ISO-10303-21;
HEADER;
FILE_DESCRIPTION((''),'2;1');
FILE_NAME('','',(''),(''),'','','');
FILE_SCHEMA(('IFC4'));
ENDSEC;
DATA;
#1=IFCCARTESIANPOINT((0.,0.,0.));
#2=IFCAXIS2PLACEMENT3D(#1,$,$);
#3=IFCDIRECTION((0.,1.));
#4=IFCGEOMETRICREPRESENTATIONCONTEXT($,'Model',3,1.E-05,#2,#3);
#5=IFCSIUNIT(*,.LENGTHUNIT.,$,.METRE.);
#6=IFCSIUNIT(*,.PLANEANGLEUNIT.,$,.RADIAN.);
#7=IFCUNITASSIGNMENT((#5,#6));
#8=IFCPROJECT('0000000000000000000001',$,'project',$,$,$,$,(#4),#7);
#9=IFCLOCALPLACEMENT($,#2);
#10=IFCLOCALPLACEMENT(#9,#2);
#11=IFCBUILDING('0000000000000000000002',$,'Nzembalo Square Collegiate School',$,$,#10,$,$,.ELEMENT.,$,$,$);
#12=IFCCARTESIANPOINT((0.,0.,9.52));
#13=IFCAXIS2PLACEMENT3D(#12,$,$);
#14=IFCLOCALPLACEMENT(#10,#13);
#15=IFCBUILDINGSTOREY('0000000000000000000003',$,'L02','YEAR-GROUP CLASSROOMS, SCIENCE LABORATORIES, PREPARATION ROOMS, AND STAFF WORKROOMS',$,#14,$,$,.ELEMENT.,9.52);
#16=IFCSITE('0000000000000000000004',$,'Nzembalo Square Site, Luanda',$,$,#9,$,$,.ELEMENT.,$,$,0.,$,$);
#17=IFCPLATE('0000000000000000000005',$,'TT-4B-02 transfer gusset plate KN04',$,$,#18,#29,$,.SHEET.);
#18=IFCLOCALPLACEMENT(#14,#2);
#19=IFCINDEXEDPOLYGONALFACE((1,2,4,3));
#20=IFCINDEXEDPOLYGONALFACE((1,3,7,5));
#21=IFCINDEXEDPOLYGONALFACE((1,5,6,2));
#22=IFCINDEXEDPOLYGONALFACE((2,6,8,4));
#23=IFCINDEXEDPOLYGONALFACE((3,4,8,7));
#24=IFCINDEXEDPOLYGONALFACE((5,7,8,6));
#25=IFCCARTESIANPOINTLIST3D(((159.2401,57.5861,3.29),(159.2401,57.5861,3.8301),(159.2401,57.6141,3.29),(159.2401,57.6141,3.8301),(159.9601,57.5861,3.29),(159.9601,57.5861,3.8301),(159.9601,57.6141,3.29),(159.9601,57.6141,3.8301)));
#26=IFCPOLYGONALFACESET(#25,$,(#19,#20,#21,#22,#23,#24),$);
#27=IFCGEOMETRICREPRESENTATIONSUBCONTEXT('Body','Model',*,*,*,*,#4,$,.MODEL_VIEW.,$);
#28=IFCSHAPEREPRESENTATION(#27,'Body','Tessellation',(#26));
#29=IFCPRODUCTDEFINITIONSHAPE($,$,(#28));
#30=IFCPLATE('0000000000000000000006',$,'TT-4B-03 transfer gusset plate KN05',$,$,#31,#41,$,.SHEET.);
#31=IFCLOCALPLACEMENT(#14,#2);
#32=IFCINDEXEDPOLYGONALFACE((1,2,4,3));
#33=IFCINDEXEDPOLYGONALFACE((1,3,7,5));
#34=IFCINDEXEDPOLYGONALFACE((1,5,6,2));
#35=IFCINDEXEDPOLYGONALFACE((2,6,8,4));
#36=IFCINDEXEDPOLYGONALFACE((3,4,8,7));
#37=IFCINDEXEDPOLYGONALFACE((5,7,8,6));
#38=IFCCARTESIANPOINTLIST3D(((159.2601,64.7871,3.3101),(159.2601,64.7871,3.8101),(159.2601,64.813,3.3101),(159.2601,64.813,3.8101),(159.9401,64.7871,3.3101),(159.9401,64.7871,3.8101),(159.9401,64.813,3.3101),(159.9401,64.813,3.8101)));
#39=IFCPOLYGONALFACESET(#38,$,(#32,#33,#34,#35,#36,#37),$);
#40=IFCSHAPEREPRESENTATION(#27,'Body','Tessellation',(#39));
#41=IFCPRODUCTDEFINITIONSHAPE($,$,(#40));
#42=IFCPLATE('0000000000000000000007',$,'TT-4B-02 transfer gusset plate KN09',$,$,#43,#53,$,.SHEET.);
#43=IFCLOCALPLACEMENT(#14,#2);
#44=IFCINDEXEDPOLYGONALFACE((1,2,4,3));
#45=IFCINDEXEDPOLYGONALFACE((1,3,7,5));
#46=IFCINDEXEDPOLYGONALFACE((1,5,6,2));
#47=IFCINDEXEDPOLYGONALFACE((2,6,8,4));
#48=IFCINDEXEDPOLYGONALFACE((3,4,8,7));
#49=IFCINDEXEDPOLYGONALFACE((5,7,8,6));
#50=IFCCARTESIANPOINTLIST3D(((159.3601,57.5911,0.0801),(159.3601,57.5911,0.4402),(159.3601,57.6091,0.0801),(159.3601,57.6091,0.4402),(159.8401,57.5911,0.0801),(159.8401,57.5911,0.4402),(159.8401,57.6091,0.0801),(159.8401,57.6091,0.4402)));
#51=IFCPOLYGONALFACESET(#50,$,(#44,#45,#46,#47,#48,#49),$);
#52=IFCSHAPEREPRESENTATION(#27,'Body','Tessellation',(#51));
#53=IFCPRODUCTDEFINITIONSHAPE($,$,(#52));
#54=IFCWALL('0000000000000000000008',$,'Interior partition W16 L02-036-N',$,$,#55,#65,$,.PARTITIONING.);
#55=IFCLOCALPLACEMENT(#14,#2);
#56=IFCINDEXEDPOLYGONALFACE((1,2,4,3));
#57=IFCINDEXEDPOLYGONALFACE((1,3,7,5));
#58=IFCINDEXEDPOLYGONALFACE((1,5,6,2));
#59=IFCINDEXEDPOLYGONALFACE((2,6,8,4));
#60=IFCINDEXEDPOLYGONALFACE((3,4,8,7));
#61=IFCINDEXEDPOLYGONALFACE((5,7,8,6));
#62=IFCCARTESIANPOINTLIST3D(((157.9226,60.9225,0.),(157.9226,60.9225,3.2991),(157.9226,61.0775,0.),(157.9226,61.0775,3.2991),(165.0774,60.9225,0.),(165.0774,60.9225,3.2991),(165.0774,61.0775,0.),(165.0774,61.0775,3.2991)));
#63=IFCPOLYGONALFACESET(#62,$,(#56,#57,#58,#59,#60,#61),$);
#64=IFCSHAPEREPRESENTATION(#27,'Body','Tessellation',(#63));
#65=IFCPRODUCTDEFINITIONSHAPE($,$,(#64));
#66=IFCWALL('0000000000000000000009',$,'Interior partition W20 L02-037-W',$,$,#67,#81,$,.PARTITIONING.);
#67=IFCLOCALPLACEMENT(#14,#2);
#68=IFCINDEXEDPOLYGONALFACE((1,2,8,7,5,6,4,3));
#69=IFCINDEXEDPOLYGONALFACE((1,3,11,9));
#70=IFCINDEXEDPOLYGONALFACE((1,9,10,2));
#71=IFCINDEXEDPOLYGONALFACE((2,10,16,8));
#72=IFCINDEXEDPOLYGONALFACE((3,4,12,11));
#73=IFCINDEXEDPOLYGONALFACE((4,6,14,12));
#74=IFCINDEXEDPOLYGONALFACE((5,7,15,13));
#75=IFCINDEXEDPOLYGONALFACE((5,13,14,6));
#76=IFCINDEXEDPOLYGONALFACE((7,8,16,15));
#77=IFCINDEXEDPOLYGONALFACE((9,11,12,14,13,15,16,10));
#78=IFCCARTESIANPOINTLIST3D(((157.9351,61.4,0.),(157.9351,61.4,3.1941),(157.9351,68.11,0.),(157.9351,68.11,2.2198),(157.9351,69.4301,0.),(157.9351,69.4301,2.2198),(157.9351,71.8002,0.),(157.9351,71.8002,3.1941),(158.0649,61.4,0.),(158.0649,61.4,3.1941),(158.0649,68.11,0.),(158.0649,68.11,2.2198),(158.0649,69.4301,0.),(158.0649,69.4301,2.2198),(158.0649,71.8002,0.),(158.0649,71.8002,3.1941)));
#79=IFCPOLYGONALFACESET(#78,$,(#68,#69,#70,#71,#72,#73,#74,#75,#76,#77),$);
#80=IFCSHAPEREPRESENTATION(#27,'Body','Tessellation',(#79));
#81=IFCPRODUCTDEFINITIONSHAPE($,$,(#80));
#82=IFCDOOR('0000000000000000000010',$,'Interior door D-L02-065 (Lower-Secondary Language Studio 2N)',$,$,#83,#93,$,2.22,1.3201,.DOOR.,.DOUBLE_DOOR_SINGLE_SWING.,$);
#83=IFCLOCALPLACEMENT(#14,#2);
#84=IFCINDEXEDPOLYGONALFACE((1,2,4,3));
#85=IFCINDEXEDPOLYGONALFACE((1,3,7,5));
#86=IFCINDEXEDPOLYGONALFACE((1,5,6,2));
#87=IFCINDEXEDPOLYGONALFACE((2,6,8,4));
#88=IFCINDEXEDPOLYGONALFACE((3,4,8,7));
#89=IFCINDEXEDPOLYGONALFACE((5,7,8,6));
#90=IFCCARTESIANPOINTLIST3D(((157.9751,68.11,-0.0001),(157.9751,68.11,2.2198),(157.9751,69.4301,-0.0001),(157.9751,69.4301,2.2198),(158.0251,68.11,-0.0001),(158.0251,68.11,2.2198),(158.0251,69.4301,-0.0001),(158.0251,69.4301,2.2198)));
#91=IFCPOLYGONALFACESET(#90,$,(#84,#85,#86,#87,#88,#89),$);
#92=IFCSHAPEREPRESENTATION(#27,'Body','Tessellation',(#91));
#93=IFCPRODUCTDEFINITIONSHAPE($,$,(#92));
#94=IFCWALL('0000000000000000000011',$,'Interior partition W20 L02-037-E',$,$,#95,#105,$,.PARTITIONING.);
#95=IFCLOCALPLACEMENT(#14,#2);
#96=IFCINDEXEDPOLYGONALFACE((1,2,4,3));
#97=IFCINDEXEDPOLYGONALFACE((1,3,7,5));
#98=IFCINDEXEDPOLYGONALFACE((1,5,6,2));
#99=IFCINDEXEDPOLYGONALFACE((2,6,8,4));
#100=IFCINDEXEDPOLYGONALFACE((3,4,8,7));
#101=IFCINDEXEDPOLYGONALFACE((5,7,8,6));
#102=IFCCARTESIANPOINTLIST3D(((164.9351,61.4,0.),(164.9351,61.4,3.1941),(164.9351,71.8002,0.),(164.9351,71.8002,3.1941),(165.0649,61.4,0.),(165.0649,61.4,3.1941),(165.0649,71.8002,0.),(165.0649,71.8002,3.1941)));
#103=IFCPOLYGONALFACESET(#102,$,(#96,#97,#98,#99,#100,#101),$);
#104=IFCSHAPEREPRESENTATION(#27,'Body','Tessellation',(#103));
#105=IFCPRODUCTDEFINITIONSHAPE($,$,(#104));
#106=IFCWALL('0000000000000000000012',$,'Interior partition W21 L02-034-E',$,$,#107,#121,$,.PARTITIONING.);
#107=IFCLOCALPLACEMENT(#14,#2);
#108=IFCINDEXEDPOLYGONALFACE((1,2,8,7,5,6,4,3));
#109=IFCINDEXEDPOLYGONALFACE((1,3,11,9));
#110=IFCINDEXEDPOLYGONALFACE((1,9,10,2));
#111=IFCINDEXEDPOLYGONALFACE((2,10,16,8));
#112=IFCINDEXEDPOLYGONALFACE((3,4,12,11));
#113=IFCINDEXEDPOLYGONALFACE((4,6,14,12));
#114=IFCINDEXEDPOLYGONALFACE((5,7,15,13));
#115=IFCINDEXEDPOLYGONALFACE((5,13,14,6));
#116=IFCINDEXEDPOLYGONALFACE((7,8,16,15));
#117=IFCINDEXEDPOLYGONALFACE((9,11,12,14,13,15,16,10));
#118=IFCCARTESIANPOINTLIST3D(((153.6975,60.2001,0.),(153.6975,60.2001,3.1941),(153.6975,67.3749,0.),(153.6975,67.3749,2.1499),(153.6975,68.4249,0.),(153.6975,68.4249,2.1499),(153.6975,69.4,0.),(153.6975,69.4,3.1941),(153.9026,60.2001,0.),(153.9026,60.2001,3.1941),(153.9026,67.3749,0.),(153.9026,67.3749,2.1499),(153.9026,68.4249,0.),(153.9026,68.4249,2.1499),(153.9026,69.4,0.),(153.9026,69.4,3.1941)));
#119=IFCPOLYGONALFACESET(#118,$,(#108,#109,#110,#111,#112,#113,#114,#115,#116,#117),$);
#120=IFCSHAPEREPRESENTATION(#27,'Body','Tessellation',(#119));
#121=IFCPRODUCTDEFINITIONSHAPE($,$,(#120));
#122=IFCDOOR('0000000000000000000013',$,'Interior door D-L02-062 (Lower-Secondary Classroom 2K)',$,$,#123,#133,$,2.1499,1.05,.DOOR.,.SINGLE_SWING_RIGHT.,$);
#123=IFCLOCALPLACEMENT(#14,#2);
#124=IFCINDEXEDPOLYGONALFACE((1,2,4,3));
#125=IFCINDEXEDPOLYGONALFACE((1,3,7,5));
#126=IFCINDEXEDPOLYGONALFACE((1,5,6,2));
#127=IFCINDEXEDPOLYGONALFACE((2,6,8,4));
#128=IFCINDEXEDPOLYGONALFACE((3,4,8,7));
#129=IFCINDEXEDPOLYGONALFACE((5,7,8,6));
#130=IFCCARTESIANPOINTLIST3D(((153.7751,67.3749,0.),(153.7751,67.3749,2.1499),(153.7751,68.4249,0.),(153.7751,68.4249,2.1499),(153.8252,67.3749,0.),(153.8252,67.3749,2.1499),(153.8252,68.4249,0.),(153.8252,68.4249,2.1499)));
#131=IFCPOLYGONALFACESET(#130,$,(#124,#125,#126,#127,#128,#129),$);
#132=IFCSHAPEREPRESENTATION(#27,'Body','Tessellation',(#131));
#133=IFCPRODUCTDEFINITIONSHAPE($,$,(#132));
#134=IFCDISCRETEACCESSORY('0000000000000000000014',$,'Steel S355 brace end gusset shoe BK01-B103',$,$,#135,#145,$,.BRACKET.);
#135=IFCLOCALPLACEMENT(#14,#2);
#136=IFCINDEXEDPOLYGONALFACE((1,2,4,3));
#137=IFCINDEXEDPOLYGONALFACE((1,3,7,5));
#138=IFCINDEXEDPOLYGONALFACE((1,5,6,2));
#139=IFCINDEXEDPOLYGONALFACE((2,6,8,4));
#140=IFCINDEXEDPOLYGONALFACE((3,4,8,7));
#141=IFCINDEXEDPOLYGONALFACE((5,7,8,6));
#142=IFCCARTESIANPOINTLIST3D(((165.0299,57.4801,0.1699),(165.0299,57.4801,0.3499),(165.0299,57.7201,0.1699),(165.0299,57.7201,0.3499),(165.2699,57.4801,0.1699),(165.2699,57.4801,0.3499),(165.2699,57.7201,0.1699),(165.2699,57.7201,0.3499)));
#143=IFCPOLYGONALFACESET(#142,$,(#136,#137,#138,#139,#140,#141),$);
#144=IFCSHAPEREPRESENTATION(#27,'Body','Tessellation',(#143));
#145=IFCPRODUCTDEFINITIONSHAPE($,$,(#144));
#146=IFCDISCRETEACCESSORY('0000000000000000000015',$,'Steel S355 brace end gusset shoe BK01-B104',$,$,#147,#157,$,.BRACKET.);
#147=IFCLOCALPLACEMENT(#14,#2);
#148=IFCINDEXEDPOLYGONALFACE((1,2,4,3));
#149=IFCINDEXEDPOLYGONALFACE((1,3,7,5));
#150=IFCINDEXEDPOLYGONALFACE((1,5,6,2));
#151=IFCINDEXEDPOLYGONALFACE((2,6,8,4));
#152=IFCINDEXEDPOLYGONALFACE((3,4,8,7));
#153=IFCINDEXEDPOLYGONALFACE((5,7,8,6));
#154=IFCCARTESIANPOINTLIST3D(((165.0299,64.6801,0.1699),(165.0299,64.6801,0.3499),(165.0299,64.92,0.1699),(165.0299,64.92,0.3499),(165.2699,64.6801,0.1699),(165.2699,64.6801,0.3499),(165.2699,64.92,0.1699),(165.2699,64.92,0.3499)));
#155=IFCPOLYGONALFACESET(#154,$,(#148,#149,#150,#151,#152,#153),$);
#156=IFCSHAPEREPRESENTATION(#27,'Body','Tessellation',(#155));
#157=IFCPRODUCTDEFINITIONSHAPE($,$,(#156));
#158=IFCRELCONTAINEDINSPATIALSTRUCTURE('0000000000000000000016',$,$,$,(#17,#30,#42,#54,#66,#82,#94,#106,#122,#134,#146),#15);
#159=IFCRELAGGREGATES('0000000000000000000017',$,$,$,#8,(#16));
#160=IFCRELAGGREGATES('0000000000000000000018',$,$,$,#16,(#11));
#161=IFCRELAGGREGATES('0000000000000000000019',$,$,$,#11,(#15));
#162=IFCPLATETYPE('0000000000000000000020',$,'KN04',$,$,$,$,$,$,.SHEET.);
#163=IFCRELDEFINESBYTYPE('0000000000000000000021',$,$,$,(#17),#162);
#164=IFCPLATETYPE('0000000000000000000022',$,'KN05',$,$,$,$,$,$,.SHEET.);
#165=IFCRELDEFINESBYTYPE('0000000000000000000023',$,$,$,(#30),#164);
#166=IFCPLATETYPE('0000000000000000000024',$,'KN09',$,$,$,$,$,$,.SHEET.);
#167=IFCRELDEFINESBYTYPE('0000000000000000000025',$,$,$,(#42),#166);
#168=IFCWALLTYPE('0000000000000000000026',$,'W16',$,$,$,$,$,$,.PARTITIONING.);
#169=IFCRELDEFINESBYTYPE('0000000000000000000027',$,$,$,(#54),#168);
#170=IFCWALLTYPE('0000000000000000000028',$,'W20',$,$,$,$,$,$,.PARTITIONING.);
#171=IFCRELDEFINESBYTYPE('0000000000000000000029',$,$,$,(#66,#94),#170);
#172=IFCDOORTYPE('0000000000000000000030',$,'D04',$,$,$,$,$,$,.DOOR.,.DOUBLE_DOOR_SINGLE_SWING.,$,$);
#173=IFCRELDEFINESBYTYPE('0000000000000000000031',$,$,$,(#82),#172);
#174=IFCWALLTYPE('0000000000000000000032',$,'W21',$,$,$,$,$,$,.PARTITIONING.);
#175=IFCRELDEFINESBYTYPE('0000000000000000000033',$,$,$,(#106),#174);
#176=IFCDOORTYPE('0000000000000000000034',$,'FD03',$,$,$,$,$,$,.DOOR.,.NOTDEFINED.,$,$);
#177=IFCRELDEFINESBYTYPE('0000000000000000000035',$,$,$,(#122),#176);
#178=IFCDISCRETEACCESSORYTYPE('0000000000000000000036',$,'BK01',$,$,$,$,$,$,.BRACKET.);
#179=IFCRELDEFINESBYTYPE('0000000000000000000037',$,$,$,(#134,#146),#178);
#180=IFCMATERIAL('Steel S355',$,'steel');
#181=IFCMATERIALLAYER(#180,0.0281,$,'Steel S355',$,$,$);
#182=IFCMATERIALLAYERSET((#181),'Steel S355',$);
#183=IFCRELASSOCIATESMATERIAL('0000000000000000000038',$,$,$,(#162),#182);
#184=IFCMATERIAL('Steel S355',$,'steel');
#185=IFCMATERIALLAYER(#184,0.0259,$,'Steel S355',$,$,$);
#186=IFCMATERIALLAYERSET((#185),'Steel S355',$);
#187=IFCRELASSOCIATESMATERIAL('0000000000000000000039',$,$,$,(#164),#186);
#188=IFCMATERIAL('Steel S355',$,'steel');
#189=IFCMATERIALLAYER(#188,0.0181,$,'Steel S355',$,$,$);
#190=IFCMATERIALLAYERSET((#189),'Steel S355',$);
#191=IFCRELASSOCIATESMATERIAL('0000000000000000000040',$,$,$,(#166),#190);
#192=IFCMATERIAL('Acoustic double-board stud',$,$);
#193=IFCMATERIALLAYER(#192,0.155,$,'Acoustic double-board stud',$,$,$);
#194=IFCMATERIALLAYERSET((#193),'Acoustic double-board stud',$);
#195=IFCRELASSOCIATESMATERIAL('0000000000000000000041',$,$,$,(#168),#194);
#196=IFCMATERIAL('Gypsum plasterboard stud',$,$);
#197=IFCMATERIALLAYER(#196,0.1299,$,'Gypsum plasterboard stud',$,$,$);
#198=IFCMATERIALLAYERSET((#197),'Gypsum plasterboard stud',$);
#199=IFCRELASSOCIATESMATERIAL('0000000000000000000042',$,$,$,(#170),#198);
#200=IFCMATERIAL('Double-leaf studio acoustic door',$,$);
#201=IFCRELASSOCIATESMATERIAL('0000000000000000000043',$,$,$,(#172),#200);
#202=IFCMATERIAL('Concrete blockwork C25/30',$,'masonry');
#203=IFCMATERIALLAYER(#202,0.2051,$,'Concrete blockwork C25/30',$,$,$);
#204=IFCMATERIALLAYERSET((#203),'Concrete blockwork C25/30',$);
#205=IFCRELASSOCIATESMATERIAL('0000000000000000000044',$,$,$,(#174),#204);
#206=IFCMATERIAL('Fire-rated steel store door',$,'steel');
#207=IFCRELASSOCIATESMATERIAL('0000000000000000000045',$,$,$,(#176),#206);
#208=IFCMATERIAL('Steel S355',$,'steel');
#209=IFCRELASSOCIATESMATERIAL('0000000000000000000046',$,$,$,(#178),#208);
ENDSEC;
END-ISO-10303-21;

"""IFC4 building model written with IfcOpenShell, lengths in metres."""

from ifc_helpers import new_model, si_unit, direction, frame, frame_2d, origin, origin_2d, place, context, subcontext, project, spatial, rectangle, extrude, material, layer, layer_set, type_object, element, fill, save


model = new_model("IFC4")

# Units and contexts
model_context = context("Model", 3, precision=1e-05, world=origin(), true_north=direction((0.0, 1.0)))
body_context = subcontext(model_context, "Body", "Model", "MODEL_VIEW")
ifc_project = project(units=[si_unit("LENGTHUNIT", "METRE"), si_unit("PLANEANGLEUNIT", "RADIAN")], contexts=[model_context])

# Site, building, storey
site_placement = place(None, origin())
site = spatial("IfcSite", under=ifc_project, at=site_placement, Name="Nzembalo Square Site, Luanda", CompositionType="ELEMENT", RefElevation=0.0)
building_placement = place(site_placement, origin())
building = spatial("IfcBuilding", under=site, at=building_placement, Name="Nzembalo Square Collegiate School", CompositionType="ELEMENT")
storey_placement = place(building_placement, frame((0.0, 0.0, 9.52)))
storey = spatial("IfcBuildingStorey", under=building, at=storey_placement, Name="L02", Description="YEAR-GROUP CLASSROOMS, SCIENCE LABORATORIES, PREPARATION ROOMS, AND STAFF WORKROOMS", CompositionType="ELEMENT", Elevation=9.52)

# Plates
ifc_material_1 = material(Name="Steel S355", Category="steel")
ifc_layer_1 = layer(ifc_material_1, 0.0281, Name="Steel S355")
ifc_layer_set_1 = layer_set([ifc_layer_1], Name="Steel S355")
plate_type_1 = type_object("IfcPlateType", Name="KN04", PredefinedType="SHEET", material=ifc_layer_set_1)
plate_1_placement = place(storey_placement, frame((159.6001, 57.6001, 3.29), z_axis=(0.0, 0.0, 1.0), x_axis=(1.0, 0.0, 0.0)))
element("IfcPlate", 1, at=plate_1_placement, inside=storey, type_object=plate_type_1, Name="TT-4B-02 transfer gusset plate KN04", PredefinedType="SHEET", context=body_context, shape_type="SweptSolid", body=[
    extrude(rectangle(XDim=0.72, YDim=0.0281, at=origin_2d()), origin(), (0.0, 0.0, 1.0), 0.54),
])
ifc_material_2 = material(Name="Steel S355", Category="steel")
ifc_layer_2 = layer(ifc_material_2, 0.0259, Name="Steel S355")
ifc_layer_set_2 = layer_set([ifc_layer_2], Name="Steel S355")
plate_type_2 = type_object("IfcPlateType", Name="KN05", PredefinedType="SHEET", material=ifc_layer_set_2)
plate_2_placement = place(storey_placement, frame((159.6001, 64.8, 3.3101), z_axis=(0.0, 0.0, 1.0), x_axis=(1.0, 0.0, 0.0)))
element("IfcPlate", 2, at=plate_2_placement, inside=storey, type_object=plate_type_2, Name="TT-4B-03 transfer gusset plate KN05", PredefinedType="SHEET", context=body_context, shape_type="SweptSolid", body=[
    extrude(rectangle(XDim=0.6799, YDim=0.0259, at=origin_2d()), origin(), (0.0, 0.0, 1.0), 0.5),
])
ifc_material_3 = material(Name="Steel S355", Category="steel")
ifc_layer_3 = layer(ifc_material_3, 0.0181, Name="Steel S355")
ifc_layer_set_3 = layer_set([ifc_layer_3], Name="Steel S355")
plate_type_3 = type_object("IfcPlateType", Name="KN09", PredefinedType="SHEET", material=ifc_layer_set_3)
plate_3_placement = place(storey_placement, frame((159.6001, 57.6001, 0.0801), z_axis=(0.0, 0.0, 1.0), x_axis=(1.0, 0.0, 0.0)))
element("IfcPlate", 3, at=plate_3_placement, inside=storey, type_object=plate_type_3, Name="TT-4B-02 transfer gusset plate KN09", PredefinedType="SHEET", context=body_context, shape_type="SweptSolid", body=[
    extrude(rectangle(XDim=0.48, YDim=0.0181, at=origin_2d()), origin(), (0.0, 0.0, 1.0), 0.3601),
])

# Wall
ifc_material_4 = material(Name="Acoustic double-board stud")
ifc_layer_4 = layer(ifc_material_4, 0.155, Name="Acoustic double-board stud")
ifc_layer_set_4 = layer_set([ifc_layer_4], Name="Acoustic double-board stud")
wall_type_1 = type_object("IfcWallType", Name="W16", PredefinedType="PARTITIONING", material=ifc_layer_set_4)
wall_1_placement = place(storey_placement, frame((157.9226, 61.0, 0.0), z_axis=(0.0, 0.0, 1.0), x_axis=(1.0, 0.0, 0.0)))
element("IfcWall", 4, at=wall_1_placement, inside=storey, type_object=wall_type_1, Name="Interior partition W16 L02-036-N", PredefinedType="PARTITIONING", context=body_context, shape_type="SweptSolid", body=[
    extrude(rectangle(XDim=7.1548, YDim=0.155, at=frame_2d((3.5774, 0.0))), origin(), (0.0, 0.0, 1.0), 3.2991),
])

# Wall, opening, door
ifc_material_5 = material(Name="Gypsum plasterboard stud")
ifc_layer_5 = layer(ifc_material_5, 0.1299, Name="Gypsum plasterboard stud")
ifc_layer_set_5 = layer_set([ifc_layer_5], Name="Gypsum plasterboard stud")
wall_type_2 = type_object("IfcWallType", Name="W20", PredefinedType="PARTITIONING", material=ifc_layer_set_5)
wall_2_placement = place(storey_placement, frame((158.0, 61.3999, 0.0), z_axis=(0.0, 0.0, 1.0), x_axis=(0.0, 1.0, 0.0)))
wall_2 = element("IfcWall", 5, at=wall_2_placement, inside=storey, type_object=wall_type_2, Name="Interior partition W20 L02-037-W", PredefinedType="PARTITIONING", context=body_context, shape_type="SweptSolid", body=[
    extrude(rectangle(XDim=10.4001, YDim=0.1299, at=frame_2d((5.2002, 0.0))), origin(), (0.0, 0.0, 1.0), 3.1941),
])
opening_1_placement = place(wall_2_placement, frame((6.71, 0.0, 0.0)))
opening_1 = element("IfcOpeningElement", 6, at=opening_1_placement, cuts=wall_2, PredefinedType="OPENING", context=body_context, shape_type="SweptSolid", body=[
    extrude(rectangle(XDim=1.3201, YDim=2.22, at=frame_2d((0.6602, 1.1099))), frame((0.0, 0.075, 0.0), z_axis=(0.0, -1.0, 0.0), x_axis=(1.0, 0.0, 0.0)), (0.0, 0.0, 1.0), 0.1499),
])
ifc_material_6 = material(Name="Double-leaf studio acoustic door")
door_type_1 = type_object("IfcDoorType", Name="D04", OperationType="DOUBLE_DOOR_SINGLE_SWING", PredefinedType="DOOR", material=ifc_material_6)
door_1_placement = place(opening_1_placement, origin())
door_1 = element("IfcDoor", 7, at=door_1_placement, inside=storey, type_object=door_type_1, Name="Interior door D-L02-065 (Lower-Secondary Language Studio 2N)", OperationType="DOUBLE_DOOR_SINGLE_SWING", OverallHeight=2.22, OverallWidth=1.3201, PredefinedType="DOOR", context=body_context, shape_type="SweptSolid", body=[
    extrude(rectangle(XDim=1.3201, YDim=2.22, at=frame_2d((0.6602, 1.1099))), frame((0.0, 0.0249, 0.0), z_axis=(0.0, -1.0, 0.0), x_axis=(1.0, 0.0, 0.0)), (0.0, 0.0, 1.0), 0.05),
])
fill(opening_1, door_1)

# Wall
wall_3_placement = place(storey_placement, frame((165.0, 61.3999, 0.0), z_axis=(0.0, 0.0, 1.0), x_axis=(0.0, 1.0, 0.0)))
element("IfcWall", 8, at=wall_3_placement, inside=storey, type_object=wall_type_2, Name="Interior partition W20 L02-037-E", PredefinedType="PARTITIONING", context=body_context, shape_type="SweptSolid", body=[
    extrude(rectangle(XDim=10.4001, YDim=0.1299, at=frame_2d((5.2002, 0.0))), origin(), (0.0, 0.0, 1.0), 3.1941),
])

# Wall, opening, door
ifc_material_7 = material(Name="Concrete blockwork C25/30", Category="masonry")
ifc_layer_6 = layer(ifc_material_7, 0.2051, Name="Concrete blockwork C25/30")
ifc_layer_set_6 = layer_set([ifc_layer_6], Name="Concrete blockwork C25/30")
wall_type_3 = type_object("IfcWallType", Name="W21", PredefinedType="PARTITIONING", material=ifc_layer_set_6)
wall_4_placement = place(storey_placement, frame((153.8, 60.2, 0.0), z_axis=(0.0, 0.0, 1.0), x_axis=(0.0, 1.0, 0.0)))
wall_4 = element("IfcWall", 9, at=wall_4_placement, inside=storey, type_object=wall_type_3, Name="Interior partition W21 L02-034-E", PredefinedType="PARTITIONING", context=body_context, shape_type="SweptSolid", body=[
    extrude(rectangle(XDim=9.2, YDim=0.2051, at=frame_2d((4.6001, 0.0))), origin(), (0.0, 0.0, 1.0), 3.1941),
])
opening_2_placement = place(wall_4_placement, frame((7.175, 0.0, 0.0)))
opening_2 = element("IfcOpeningElement", 10, at=opening_2_placement, cuts=wall_4, PredefinedType="OPENING", context=body_context, shape_type="SweptSolid", body=[
    extrude(rectangle(XDim=1.05, YDim=2.1499, at=frame_2d((0.5249, 1.075))), frame((0.0, 0.1125, 0.0), z_axis=(0.0, -1.0, 0.0), x_axis=(1.0, 0.0, 0.0)), (0.0, 0.0, 1.0), 0.2251),
])
ifc_material_8 = material(Name="Fire-rated steel store door", Category="steel")
door_type_2 = type_object("IfcDoorType", Name="FD03", OperationType="NOTDEFINED", PredefinedType="DOOR", material=ifc_material_8)
door_2_placement = place(opening_2_placement, origin())
door_2 = element("IfcDoor", 11, at=door_2_placement, inside=storey, type_object=door_type_2, Name="Interior door D-L02-062 (Lower-Secondary Classroom 2K)", OperationType="SINGLE_SWING_RIGHT", OverallHeight=2.1499, OverallWidth=1.05, PredefinedType="DOOR", context=body_context, shape_type="SweptSolid", body=[
    extrude(rectangle(XDim=1.05, YDim=2.1499, at=frame_2d((0.5249, 1.075))), frame((0.0, 0.0249, 0.0), z_axis=(0.0, -1.0, 0.0), x_axis=(1.0, 0.0, 0.0)), (0.0, 0.0, 1.0), 0.05),
])
fill(opening_2, door_2)

# Discrete accessories
ifc_material_9 = material(Name="Steel S355", Category="steel")
discrete_accessory_type = type_object("IfcDiscreteAccessoryType", Name="BK01", PredefinedType="BRACKET", material=ifc_material_9)
for number, where, z_axis, x_axis, name in (
    (12, (165.1499, 57.6001, 0.1699), (0.0, 0.0, 1.0), (1.0, 0.0, 0.0), "Steel S355 brace end gusset shoe BK01-B103"),
    (13, (165.1499, 64.8, 0.1699), (0.0, 0.0, 1.0), (1.0, 0.0, 0.0), "Steel S355 brace end gusset shoe BK01-B104"),
):
    element("IfcDiscreteAccessory", number, at=place(storey_placement, frame(where, z_axis=z_axis, x_axis=x_axis)), inside=storey, type_object=discrete_accessory_type, Name=name, PredefinedType="BRACKET", context=body_context, shape_type="SweptSolid", body=[
        extrude(rectangle(XDim=0.24, YDim=0.24, at=origin_2d()), origin(), (0.0, 0.0, 1.0), 0.1799),
    ])

save(model, "model.ifc")
